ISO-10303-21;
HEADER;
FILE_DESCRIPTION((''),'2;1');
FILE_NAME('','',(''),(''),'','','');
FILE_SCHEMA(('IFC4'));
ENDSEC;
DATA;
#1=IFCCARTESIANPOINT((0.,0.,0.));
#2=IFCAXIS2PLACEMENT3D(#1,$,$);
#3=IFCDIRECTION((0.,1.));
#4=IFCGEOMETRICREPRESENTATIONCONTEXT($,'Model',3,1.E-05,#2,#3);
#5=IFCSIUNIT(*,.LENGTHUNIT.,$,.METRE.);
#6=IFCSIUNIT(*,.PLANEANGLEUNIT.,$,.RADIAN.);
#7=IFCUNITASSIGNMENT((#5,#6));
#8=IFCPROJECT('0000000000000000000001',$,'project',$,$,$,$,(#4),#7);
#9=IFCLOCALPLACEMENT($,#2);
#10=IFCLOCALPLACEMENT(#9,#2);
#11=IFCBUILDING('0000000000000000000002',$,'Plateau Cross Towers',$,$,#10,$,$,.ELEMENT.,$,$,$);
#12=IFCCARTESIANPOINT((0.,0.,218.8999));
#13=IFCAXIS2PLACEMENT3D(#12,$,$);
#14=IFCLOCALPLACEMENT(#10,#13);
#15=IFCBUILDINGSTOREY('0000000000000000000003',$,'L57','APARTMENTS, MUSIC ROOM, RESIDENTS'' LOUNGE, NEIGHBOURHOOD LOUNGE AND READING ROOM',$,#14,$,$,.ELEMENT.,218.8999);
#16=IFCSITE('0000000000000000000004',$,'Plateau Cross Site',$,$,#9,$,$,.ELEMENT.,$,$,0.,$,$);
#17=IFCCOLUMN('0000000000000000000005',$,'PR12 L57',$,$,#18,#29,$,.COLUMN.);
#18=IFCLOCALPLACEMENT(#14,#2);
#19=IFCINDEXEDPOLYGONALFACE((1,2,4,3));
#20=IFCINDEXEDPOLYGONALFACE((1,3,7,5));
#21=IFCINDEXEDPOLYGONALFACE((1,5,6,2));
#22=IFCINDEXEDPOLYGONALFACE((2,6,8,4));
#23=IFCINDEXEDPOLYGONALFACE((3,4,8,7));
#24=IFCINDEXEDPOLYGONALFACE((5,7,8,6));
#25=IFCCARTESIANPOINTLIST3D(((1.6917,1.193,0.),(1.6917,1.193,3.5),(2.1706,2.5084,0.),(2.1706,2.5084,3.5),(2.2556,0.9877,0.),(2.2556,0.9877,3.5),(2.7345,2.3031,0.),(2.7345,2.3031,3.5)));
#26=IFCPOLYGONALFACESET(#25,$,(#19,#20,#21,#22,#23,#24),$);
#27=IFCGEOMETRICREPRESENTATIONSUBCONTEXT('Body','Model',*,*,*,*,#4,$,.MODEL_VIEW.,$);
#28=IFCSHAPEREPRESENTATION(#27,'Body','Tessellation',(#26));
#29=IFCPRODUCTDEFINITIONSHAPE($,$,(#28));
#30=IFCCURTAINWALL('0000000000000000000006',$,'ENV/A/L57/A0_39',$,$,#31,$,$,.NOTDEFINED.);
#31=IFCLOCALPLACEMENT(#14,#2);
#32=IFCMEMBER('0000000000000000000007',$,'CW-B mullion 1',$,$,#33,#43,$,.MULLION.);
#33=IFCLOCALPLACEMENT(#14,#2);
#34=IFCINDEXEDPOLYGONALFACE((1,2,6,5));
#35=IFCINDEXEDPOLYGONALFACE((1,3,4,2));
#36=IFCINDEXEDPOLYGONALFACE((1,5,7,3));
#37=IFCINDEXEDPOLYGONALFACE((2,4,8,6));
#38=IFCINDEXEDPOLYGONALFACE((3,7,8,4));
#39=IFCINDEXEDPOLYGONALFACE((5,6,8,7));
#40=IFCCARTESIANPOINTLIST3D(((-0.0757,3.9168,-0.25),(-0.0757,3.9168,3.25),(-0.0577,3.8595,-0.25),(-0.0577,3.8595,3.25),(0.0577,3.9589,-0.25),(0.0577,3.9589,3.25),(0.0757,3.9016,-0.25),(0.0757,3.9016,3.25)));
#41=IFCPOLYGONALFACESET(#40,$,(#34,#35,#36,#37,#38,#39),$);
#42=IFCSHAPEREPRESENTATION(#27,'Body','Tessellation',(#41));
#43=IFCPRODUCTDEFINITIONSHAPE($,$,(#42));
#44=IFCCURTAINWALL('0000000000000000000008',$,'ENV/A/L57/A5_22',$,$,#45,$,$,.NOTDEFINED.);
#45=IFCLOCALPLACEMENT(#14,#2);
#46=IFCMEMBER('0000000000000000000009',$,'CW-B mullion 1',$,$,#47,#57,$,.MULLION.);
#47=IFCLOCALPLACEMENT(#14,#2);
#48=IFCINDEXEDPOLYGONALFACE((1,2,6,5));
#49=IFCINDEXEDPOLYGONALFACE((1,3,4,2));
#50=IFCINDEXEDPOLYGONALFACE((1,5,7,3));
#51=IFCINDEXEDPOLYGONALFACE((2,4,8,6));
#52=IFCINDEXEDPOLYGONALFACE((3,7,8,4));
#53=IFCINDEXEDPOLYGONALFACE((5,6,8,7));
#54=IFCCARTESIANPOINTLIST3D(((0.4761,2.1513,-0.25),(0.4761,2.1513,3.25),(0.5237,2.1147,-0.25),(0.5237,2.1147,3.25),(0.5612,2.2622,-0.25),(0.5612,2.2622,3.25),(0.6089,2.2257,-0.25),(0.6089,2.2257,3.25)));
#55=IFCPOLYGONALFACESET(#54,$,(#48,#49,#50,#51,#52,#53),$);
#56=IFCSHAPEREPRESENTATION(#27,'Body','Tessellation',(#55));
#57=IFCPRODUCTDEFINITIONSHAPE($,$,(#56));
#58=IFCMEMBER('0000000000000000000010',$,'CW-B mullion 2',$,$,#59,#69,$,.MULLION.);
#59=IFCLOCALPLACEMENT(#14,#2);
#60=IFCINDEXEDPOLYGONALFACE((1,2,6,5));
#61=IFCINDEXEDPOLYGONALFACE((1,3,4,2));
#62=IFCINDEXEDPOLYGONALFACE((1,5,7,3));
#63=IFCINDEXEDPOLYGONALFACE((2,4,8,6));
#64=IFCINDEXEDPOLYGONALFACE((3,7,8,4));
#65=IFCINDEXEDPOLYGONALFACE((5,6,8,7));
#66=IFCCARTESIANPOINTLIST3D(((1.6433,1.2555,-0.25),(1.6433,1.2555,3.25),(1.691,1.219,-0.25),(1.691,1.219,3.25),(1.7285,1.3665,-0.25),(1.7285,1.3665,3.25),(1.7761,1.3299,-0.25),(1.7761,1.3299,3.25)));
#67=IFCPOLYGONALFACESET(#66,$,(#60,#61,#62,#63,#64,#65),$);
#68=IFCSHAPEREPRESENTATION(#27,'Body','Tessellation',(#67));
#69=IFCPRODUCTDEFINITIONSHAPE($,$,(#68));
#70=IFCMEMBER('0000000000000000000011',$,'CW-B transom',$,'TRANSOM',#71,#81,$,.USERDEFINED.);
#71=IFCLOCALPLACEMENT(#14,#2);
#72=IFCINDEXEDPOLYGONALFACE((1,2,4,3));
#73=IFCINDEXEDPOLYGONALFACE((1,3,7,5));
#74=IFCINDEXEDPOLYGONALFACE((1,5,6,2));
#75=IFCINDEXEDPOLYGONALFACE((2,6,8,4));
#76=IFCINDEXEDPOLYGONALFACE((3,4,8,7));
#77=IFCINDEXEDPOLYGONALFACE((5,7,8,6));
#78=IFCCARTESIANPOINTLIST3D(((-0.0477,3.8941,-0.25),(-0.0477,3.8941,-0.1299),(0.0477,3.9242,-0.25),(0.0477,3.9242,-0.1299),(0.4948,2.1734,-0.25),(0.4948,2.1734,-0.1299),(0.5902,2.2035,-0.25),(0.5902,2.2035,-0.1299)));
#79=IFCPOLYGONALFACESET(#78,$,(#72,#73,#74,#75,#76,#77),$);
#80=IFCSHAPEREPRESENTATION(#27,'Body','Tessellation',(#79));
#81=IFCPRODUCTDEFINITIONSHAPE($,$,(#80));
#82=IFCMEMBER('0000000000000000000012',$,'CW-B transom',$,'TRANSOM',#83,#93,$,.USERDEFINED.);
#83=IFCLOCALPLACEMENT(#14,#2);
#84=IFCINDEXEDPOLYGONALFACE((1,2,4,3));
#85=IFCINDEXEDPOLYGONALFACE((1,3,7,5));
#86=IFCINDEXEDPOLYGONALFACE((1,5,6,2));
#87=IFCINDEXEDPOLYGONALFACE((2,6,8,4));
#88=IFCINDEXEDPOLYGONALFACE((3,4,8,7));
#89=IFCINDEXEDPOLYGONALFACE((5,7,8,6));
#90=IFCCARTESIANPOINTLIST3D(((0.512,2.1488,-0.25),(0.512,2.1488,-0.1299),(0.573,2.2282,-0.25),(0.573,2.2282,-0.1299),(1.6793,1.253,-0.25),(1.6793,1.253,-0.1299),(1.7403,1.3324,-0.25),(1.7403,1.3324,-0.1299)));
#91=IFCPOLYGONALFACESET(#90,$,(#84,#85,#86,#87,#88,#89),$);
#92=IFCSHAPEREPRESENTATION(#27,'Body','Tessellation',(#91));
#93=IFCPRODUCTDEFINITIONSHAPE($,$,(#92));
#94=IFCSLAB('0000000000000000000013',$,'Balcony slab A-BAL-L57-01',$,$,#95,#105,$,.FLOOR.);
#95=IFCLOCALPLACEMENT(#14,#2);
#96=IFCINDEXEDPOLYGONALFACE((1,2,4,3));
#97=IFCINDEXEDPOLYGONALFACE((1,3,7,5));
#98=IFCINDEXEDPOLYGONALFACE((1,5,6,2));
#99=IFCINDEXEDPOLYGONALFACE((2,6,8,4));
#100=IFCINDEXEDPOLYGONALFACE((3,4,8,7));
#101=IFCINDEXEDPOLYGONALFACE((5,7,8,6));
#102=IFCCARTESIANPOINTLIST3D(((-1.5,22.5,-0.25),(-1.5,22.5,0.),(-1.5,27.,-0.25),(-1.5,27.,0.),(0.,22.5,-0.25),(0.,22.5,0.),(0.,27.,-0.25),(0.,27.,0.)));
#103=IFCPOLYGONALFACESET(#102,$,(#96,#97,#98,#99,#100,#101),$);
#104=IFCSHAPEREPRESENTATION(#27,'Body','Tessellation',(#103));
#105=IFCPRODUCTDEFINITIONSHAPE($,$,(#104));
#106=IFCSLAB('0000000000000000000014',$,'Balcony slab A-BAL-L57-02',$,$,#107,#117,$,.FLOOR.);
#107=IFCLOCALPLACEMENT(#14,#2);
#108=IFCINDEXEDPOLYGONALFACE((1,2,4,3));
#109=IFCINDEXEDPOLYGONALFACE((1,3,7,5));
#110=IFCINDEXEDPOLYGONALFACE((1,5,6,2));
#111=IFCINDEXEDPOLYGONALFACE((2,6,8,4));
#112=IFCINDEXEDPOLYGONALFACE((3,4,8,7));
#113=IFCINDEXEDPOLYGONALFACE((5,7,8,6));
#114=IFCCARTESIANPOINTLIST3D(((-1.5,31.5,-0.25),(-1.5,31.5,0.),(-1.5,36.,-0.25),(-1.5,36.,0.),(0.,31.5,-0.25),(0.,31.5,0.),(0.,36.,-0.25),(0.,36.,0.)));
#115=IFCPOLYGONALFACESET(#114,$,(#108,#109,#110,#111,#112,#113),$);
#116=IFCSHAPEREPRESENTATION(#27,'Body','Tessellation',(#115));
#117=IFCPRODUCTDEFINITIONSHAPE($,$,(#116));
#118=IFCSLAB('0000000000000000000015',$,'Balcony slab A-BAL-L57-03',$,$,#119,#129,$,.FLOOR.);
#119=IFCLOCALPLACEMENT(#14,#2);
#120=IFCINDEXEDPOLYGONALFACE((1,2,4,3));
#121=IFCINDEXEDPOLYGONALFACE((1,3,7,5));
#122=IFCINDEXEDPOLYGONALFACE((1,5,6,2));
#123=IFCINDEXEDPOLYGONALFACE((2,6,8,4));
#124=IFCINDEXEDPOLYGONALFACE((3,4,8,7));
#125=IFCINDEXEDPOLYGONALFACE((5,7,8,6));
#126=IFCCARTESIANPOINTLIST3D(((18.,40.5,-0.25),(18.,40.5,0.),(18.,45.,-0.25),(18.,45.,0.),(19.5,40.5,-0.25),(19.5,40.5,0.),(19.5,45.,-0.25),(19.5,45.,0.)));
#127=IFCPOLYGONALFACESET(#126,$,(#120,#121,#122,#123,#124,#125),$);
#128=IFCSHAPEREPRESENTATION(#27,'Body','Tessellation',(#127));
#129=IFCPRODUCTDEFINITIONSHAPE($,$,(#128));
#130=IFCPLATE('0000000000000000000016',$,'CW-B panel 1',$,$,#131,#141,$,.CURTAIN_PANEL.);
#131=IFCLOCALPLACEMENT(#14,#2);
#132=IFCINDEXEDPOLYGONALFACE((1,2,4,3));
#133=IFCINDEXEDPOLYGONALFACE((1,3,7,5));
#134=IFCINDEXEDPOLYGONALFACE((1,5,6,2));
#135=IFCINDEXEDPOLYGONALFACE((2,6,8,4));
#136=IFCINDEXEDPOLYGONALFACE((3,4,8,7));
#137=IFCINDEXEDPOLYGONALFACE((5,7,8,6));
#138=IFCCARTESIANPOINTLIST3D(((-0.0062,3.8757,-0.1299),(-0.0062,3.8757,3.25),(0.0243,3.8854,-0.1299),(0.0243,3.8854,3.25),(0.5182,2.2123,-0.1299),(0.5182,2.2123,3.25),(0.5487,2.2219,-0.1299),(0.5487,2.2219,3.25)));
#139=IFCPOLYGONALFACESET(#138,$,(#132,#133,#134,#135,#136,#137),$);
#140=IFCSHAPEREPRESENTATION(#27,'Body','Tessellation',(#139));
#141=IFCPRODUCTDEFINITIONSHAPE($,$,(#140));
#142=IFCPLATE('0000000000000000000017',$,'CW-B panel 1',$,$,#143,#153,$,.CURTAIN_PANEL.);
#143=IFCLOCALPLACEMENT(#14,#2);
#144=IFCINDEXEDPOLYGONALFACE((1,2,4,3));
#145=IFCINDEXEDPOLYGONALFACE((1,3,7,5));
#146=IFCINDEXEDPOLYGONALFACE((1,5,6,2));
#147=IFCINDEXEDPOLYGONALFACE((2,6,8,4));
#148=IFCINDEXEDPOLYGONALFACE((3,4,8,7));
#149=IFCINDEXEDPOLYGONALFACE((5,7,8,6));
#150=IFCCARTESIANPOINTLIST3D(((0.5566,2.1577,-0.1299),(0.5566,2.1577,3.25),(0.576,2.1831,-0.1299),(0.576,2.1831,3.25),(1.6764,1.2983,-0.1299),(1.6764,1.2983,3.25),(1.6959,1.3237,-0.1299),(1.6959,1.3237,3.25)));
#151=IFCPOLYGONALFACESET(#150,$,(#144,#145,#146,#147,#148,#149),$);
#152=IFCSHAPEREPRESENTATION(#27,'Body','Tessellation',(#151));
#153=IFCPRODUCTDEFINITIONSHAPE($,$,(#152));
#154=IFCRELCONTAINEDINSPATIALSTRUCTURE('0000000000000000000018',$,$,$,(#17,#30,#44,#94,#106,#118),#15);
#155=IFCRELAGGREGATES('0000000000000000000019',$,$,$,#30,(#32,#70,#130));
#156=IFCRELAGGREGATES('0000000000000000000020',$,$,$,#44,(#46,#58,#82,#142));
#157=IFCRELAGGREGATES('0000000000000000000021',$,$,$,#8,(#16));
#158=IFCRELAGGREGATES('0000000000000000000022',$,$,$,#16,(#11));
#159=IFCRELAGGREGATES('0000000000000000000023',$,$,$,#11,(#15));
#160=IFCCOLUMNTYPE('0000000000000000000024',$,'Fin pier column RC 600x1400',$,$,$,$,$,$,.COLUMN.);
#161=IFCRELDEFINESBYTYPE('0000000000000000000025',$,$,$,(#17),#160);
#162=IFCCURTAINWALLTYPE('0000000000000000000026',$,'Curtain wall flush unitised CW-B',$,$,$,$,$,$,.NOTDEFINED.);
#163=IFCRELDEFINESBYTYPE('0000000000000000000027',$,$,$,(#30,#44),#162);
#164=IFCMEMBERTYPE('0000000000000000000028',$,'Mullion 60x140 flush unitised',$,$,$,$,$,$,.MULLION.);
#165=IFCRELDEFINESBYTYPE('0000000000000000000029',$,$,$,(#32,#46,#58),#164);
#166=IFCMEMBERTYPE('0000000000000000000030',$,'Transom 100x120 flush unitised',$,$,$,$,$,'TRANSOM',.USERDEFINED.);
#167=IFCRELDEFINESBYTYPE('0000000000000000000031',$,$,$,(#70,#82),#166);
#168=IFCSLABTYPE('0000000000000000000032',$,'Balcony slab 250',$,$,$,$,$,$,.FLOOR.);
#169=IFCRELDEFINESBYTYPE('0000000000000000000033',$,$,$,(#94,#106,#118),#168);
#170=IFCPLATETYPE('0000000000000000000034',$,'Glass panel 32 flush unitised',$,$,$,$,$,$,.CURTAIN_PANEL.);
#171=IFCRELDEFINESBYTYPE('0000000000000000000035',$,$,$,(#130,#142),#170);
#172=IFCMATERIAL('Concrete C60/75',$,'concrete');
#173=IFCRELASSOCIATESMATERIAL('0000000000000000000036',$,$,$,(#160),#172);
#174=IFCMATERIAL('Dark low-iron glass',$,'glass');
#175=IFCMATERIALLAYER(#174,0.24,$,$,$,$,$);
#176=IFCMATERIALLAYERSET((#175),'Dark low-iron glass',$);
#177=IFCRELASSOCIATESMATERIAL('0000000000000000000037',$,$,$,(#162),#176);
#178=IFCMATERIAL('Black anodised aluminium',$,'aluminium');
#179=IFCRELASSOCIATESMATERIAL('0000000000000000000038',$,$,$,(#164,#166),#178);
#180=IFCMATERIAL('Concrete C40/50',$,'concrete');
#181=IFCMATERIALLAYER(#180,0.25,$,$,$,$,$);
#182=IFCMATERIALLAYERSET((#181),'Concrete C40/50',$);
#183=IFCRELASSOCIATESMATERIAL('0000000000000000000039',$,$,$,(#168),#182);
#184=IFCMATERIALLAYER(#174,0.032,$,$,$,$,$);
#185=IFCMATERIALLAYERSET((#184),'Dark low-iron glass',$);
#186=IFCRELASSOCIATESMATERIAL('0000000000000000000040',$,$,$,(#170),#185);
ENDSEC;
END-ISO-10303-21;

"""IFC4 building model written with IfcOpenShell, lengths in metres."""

from ifc_helpers import new_model, si_unit, direction, frame, origin, origin_2d, place, context, subcontext, project, spatial, polyline, rectangle, outline, extrude, material, layer, layer_set, material_profile, profile_set, type_object, element, aggregate, save


model = new_model("IFC4")

# Units and contexts
model_context = context("Model", 3, precision=1e-05, world=origin(), true_north=direction((0.0, 1.0)))
body_context = subcontext(model_context, "Body", "Model", "MODEL_VIEW")
ifc_project = project(units=[si_unit("LENGTHUNIT", "METRE"), si_unit("PLANEANGLEUNIT", "RADIAN")], contexts=[model_context])

# Site, building, storey
site_placement = place(None, origin())
site = spatial("IfcSite", under=ifc_project, at=site_placement, Name="Plateau Cross Site", CompositionType="ELEMENT", RefElevation=0.0)
building_placement = place(site_placement, origin())
building = spatial("IfcBuilding", under=site, at=building_placement, Name="Plateau Cross Towers", CompositionType="ELEMENT")
storey_placement = place(building_placement, frame((0.0, 0.0, 218.8999)))
storey = spatial("IfcBuildingStorey", under=building, at=storey_placement, Name="L57", Description="APARTMENTS, MUSIC ROOM, RESIDENTS' LOUNGE, NEIGHBOURHOOD LOUNGE AND READING ROOM", CompositionType="ELEMENT", Elevation=218.8999)

# Column
ifc_material_1 = material(Name="Concrete C60/75", Category="concrete")
ifc_material_profile_1 = material_profile(ifc_material_1, rectangle(XDim=0.6001, YDim=1.3999, at=origin_2d()), Name="RC 600x1400")
ifc_profile_set_1 = profile_set([ifc_material_profile_1], Name="Concrete C60/75")
column_type = type_object("IfcColumnType", Name="Fin pier column RC 600x1400", PredefinedType="COLUMN", material=ifc_profile_set_1)
column_placement = place(storey_placement, frame((2.2131, 1.748, 0.0), z_axis=(0.0, 0.0, 1.0), x_axis=(-0.939664, 0.342098, 0.0)))
element("IfcColumn", 1, at=column_placement, inside=storey, type_object=column_type, Name="PR12 L57", PredefinedType="COLUMN", context=body_context, shape_type="SweptSolid", body=[
    extrude(rectangle(XDim=0.6001, YDim=1.3999, at=origin_2d()), origin(), (0.0, 0.0, 1.0), 3.5),
])

# Curtain wall, member
ifc_material_2 = material(Name="Dark low-iron glass", Category="glass")
ifc_layer_1 = layer(ifc_material_2, 0.24)
ifc_layer_set_1 = layer_set([ifc_layer_1], Name="Dark low-iron glass")
curtain_wall_type = type_object("IfcCurtainWallType", Name="Curtain wall flush unitised CW-B", PredefinedType="NOTDEFINED", material=ifc_layer_set_1)
curtain_wall_1_placement = place(storey_placement, origin())
curtain_wall_1 = element("IfcCurtainWall", 2, at=curtain_wall_1_placement, inside=storey, type_object=curtain_wall_type, Name="ENV/A/L57/A0_39", PredefinedType="NOTDEFINED")
ifc_material_3 = material(Name="Black anodised aluminium", Category="aluminium")
ifc_material_profile_2 = material_profile(ifc_material_3, rectangle(XDim=0.0601, YDim=0.1399, at=origin_2d()), Name="MULLION 60x140")
ifc_profile_set_2 = profile_set([ifc_material_profile_2], Name="Black anodised aluminium")
member_type_1 = type_object("IfcMemberType", Name="Mullion 60x140 flush unitised", PredefinedType="MULLION", material=ifc_profile_set_2)
member_1_placement = place(storey_placement, frame((0.0, 3.9092, -0.25), z_axis=(0.0, 0.0, 1.0), x_axis=(0.300686, -0.953723, 0.0)))
member_1 = element("IfcMember", 3, at=member_1_placement, type_object=member_type_1, Name="CW-B mullion 1", PredefinedType="MULLION", context=body_context, shape_type="SweptSolid", body=[
    extrude(rectangle(XDim=0.0601, YDim=0.1399, at=origin_2d()), origin(), (0.0, 0.0, 1.0), 3.5),
])

# Curtain wall, members
curtain_wall_2_placement = place(storey_placement, origin())
curtain_wall_2 = element("IfcCurtainWall", 4, at=curtain_wall_2_placement, inside=storey, type_object=curtain_wall_type, Name="ENV/A/L57/A5_22", PredefinedType="NOTDEFINED")
member_2_placement = place(storey_placement, frame((0.5425, 2.1885, -0.25), z_axis=(0.0, 0.0, 1.0), x_axis=(0.793316, -0.608811, 0.0)))
member_2 = element("IfcMember", 5, at=member_2_placement, type_object=member_type_1, Name="CW-B mullion 1", PredefinedType="MULLION", context=body_context, shape_type="SweptSolid", body=[
    extrude(rectangle(XDim=0.0601, YDim=0.1399, at=origin_2d()), origin(), (0.0, 0.0, 1.0), 3.5),
])
member_3_placement = place(storey_placement, frame((1.7097, 1.2927, -0.25), z_axis=(0.0, 0.0, 1.0), x_axis=(0.793316, -0.608811, 0.0)))
member_3 = element("IfcMember", 6, at=member_3_placement, type_object=member_type_1, Name="CW-B mullion 2", PredefinedType="MULLION", context=body_context, shape_type="SweptSolid", body=[
    extrude(rectangle(XDim=0.0601, YDim=0.1399, at=origin_2d()), origin(), (0.0, 0.0, 1.0), 3.5),
])

# Members
ifc_material_profile_3 = material_profile(ifc_material_3, rectangle(XDim=0.1001, YDim=0.1201, at=origin_2d()), Name="TRANSOM 100x120")
ifc_profile_set_3 = profile_set([ifc_material_profile_3], Name="Black anodised aluminium")
member_type_2 = type_object("IfcMemberType", Name="Transom 100x120 flush unitised", ElementType="TRANSOM", PredefinedType="USERDEFINED", material=ifc_profile_set_3)
member_4_placement = place(storey_placement, frame((0.0, 3.9092, -0.1899), z_axis=(0.300678, -0.953726, 0.0), x_axis=(0.953726, 0.300678, 0.0)))
member_4 = element("IfcMember", 7, at=member_4_placement, type_object=member_type_2, Name="CW-B transom", ObjectType="TRANSOM", PredefinedType="USERDEFINED", context=body_context, shape_type="SweptSolid", body=[
    extrude(rectangle(XDim=0.1001, YDim=0.1201, at=origin_2d()), origin(), (0.0, 0.0, 1.0), 1.8042),
])
member_5_placement = place(storey_placement, frame((0.5425, 2.1885, -0.1899), z_axis=(0.793321, -0.608804, 0.0), x_axis=(0.608804, 0.793321, 0.0)))
member_5 = element("IfcMember", 8, at=member_5_placement, type_object=member_type_2, Name="CW-B transom", ObjectType="TRANSOM", PredefinedType="USERDEFINED", context=body_context, shape_type="SweptSolid", body=[
    extrude(rectangle(XDim=0.1001, YDim=0.1201, at=origin_2d()), origin(), (0.0, 0.0, 1.0), 1.4714),
])

# Slabs
ifc_material_4 = material(Name="Concrete C40/50", Category="concrete")
ifc_layer_2 = layer(ifc_material_4, 0.25)
ifc_layer_set_2 = layer_set([ifc_layer_2], Name="Concrete C40/50")
slab_type_1 = type_object("IfcSlabType", Name="Balcony slab 250", PredefinedType="FLOOR", material=ifc_layer_set_2)
slab_1_placement = place(storey_placement, frame((0.0, 0.0, -0.25)))
element("IfcSlab", 9, at=slab_1_placement, inside=storey, type_object=slab_type_1, Name="Balcony slab A-BAL-L57-01", PredefinedType="FLOOR", context=body_context, shape_type="SweptSolid", body=[
    extrude(outline(polyline([(0.0, 22.5), (0.0, 27.0), (-1.5, 27.0), (-1.5, 22.5), (0.0, 22.5)])), origin(), (0.0, 0.0, 1.0), 0.25),
])
slab_2_placement = place(storey_placement, frame((0.0, 0.0, -0.25)))
element("IfcSlab", 10, at=slab_2_placement, inside=storey, type_object=slab_type_1, Name="Balcony slab A-BAL-L57-02", PredefinedType="FLOOR", context=body_context, shape_type="SweptSolid", body=[
    extrude(outline(polyline([(0.0, 31.5), (0.0, 36.0), (-1.5, 36.0), (-1.5, 31.5), (0.0, 31.5)])), origin(), (0.0, 0.0, 1.0), 0.25),
])
slab_3_placement = place(storey_placement, frame((0.0, 0.0, -0.25)))
element("IfcSlab", 11, at=slab_3_placement, inside=storey, type_object=slab_type_1, Name="Balcony slab A-BAL-L57-03", PredefinedType="FLOOR", context=body_context, shape_type="SweptSolid", body=[
    extrude(outline(polyline([(19.5, 40.5), (19.5, 45.0), (18.0, 45.0), (18.0, 40.5), (19.5, 40.5)])), origin(), (0.0, 0.0, 1.0), 0.25),
])

# Plates
ifc_layer_3 = layer(ifc_material_2, 0.032)
ifc_layer_set_3 = layer_set([ifc_layer_3], Name="Dark low-iron glass")
plate_type = type_object("IfcPlateType", Name="Glass panel 32 flush unitised", PredefinedType="CURTAIN_PANEL", material=ifc_layer_set_3)
plate_1_placement = place(storey_placement, frame((0.2712, 3.0488, -0.1299), z_axis=(0.0, 0.0, 1.0), x_axis=(0.300686, -0.953723, 0.0)))
plate_1 = element("IfcPlate", 12, at=plate_1_placement, type_object=plate_type, Name="CW-B panel 1", PredefinedType="CURTAIN_PANEL", context=body_context, shape_type="SweptSolid", body=[
    extrude(rectangle(XDim=1.7441, YDim=0.032, at=origin_2d()), origin(), (0.0, 0.0, 1.0), 3.3799),
])
aggregate(curtain_wall_1, [member_1, member_4, plate_1])
plate_2_placement = place(storey_placement, frame((1.1262, 1.7407, -0.1299), z_axis=(0.0, 0.0, 1.0), x_axis=(0.793316, -0.608811, 0.0)))
plate_2 = element("IfcPlate", 13, at=plate_2_placement, type_object=plate_type, Name="CW-B panel 1", PredefinedType="CURTAIN_PANEL", context=body_context, shape_type="SweptSolid", body=[
    extrude(rectangle(XDim=1.4116, YDim=0.032, at=origin_2d()), origin(), (0.0, 0.0, 1.0), 3.3799),
])
aggregate(curtain_wall_2, [member_2, member_3, member_5, plate_2])

save(model, "model.ifc")
